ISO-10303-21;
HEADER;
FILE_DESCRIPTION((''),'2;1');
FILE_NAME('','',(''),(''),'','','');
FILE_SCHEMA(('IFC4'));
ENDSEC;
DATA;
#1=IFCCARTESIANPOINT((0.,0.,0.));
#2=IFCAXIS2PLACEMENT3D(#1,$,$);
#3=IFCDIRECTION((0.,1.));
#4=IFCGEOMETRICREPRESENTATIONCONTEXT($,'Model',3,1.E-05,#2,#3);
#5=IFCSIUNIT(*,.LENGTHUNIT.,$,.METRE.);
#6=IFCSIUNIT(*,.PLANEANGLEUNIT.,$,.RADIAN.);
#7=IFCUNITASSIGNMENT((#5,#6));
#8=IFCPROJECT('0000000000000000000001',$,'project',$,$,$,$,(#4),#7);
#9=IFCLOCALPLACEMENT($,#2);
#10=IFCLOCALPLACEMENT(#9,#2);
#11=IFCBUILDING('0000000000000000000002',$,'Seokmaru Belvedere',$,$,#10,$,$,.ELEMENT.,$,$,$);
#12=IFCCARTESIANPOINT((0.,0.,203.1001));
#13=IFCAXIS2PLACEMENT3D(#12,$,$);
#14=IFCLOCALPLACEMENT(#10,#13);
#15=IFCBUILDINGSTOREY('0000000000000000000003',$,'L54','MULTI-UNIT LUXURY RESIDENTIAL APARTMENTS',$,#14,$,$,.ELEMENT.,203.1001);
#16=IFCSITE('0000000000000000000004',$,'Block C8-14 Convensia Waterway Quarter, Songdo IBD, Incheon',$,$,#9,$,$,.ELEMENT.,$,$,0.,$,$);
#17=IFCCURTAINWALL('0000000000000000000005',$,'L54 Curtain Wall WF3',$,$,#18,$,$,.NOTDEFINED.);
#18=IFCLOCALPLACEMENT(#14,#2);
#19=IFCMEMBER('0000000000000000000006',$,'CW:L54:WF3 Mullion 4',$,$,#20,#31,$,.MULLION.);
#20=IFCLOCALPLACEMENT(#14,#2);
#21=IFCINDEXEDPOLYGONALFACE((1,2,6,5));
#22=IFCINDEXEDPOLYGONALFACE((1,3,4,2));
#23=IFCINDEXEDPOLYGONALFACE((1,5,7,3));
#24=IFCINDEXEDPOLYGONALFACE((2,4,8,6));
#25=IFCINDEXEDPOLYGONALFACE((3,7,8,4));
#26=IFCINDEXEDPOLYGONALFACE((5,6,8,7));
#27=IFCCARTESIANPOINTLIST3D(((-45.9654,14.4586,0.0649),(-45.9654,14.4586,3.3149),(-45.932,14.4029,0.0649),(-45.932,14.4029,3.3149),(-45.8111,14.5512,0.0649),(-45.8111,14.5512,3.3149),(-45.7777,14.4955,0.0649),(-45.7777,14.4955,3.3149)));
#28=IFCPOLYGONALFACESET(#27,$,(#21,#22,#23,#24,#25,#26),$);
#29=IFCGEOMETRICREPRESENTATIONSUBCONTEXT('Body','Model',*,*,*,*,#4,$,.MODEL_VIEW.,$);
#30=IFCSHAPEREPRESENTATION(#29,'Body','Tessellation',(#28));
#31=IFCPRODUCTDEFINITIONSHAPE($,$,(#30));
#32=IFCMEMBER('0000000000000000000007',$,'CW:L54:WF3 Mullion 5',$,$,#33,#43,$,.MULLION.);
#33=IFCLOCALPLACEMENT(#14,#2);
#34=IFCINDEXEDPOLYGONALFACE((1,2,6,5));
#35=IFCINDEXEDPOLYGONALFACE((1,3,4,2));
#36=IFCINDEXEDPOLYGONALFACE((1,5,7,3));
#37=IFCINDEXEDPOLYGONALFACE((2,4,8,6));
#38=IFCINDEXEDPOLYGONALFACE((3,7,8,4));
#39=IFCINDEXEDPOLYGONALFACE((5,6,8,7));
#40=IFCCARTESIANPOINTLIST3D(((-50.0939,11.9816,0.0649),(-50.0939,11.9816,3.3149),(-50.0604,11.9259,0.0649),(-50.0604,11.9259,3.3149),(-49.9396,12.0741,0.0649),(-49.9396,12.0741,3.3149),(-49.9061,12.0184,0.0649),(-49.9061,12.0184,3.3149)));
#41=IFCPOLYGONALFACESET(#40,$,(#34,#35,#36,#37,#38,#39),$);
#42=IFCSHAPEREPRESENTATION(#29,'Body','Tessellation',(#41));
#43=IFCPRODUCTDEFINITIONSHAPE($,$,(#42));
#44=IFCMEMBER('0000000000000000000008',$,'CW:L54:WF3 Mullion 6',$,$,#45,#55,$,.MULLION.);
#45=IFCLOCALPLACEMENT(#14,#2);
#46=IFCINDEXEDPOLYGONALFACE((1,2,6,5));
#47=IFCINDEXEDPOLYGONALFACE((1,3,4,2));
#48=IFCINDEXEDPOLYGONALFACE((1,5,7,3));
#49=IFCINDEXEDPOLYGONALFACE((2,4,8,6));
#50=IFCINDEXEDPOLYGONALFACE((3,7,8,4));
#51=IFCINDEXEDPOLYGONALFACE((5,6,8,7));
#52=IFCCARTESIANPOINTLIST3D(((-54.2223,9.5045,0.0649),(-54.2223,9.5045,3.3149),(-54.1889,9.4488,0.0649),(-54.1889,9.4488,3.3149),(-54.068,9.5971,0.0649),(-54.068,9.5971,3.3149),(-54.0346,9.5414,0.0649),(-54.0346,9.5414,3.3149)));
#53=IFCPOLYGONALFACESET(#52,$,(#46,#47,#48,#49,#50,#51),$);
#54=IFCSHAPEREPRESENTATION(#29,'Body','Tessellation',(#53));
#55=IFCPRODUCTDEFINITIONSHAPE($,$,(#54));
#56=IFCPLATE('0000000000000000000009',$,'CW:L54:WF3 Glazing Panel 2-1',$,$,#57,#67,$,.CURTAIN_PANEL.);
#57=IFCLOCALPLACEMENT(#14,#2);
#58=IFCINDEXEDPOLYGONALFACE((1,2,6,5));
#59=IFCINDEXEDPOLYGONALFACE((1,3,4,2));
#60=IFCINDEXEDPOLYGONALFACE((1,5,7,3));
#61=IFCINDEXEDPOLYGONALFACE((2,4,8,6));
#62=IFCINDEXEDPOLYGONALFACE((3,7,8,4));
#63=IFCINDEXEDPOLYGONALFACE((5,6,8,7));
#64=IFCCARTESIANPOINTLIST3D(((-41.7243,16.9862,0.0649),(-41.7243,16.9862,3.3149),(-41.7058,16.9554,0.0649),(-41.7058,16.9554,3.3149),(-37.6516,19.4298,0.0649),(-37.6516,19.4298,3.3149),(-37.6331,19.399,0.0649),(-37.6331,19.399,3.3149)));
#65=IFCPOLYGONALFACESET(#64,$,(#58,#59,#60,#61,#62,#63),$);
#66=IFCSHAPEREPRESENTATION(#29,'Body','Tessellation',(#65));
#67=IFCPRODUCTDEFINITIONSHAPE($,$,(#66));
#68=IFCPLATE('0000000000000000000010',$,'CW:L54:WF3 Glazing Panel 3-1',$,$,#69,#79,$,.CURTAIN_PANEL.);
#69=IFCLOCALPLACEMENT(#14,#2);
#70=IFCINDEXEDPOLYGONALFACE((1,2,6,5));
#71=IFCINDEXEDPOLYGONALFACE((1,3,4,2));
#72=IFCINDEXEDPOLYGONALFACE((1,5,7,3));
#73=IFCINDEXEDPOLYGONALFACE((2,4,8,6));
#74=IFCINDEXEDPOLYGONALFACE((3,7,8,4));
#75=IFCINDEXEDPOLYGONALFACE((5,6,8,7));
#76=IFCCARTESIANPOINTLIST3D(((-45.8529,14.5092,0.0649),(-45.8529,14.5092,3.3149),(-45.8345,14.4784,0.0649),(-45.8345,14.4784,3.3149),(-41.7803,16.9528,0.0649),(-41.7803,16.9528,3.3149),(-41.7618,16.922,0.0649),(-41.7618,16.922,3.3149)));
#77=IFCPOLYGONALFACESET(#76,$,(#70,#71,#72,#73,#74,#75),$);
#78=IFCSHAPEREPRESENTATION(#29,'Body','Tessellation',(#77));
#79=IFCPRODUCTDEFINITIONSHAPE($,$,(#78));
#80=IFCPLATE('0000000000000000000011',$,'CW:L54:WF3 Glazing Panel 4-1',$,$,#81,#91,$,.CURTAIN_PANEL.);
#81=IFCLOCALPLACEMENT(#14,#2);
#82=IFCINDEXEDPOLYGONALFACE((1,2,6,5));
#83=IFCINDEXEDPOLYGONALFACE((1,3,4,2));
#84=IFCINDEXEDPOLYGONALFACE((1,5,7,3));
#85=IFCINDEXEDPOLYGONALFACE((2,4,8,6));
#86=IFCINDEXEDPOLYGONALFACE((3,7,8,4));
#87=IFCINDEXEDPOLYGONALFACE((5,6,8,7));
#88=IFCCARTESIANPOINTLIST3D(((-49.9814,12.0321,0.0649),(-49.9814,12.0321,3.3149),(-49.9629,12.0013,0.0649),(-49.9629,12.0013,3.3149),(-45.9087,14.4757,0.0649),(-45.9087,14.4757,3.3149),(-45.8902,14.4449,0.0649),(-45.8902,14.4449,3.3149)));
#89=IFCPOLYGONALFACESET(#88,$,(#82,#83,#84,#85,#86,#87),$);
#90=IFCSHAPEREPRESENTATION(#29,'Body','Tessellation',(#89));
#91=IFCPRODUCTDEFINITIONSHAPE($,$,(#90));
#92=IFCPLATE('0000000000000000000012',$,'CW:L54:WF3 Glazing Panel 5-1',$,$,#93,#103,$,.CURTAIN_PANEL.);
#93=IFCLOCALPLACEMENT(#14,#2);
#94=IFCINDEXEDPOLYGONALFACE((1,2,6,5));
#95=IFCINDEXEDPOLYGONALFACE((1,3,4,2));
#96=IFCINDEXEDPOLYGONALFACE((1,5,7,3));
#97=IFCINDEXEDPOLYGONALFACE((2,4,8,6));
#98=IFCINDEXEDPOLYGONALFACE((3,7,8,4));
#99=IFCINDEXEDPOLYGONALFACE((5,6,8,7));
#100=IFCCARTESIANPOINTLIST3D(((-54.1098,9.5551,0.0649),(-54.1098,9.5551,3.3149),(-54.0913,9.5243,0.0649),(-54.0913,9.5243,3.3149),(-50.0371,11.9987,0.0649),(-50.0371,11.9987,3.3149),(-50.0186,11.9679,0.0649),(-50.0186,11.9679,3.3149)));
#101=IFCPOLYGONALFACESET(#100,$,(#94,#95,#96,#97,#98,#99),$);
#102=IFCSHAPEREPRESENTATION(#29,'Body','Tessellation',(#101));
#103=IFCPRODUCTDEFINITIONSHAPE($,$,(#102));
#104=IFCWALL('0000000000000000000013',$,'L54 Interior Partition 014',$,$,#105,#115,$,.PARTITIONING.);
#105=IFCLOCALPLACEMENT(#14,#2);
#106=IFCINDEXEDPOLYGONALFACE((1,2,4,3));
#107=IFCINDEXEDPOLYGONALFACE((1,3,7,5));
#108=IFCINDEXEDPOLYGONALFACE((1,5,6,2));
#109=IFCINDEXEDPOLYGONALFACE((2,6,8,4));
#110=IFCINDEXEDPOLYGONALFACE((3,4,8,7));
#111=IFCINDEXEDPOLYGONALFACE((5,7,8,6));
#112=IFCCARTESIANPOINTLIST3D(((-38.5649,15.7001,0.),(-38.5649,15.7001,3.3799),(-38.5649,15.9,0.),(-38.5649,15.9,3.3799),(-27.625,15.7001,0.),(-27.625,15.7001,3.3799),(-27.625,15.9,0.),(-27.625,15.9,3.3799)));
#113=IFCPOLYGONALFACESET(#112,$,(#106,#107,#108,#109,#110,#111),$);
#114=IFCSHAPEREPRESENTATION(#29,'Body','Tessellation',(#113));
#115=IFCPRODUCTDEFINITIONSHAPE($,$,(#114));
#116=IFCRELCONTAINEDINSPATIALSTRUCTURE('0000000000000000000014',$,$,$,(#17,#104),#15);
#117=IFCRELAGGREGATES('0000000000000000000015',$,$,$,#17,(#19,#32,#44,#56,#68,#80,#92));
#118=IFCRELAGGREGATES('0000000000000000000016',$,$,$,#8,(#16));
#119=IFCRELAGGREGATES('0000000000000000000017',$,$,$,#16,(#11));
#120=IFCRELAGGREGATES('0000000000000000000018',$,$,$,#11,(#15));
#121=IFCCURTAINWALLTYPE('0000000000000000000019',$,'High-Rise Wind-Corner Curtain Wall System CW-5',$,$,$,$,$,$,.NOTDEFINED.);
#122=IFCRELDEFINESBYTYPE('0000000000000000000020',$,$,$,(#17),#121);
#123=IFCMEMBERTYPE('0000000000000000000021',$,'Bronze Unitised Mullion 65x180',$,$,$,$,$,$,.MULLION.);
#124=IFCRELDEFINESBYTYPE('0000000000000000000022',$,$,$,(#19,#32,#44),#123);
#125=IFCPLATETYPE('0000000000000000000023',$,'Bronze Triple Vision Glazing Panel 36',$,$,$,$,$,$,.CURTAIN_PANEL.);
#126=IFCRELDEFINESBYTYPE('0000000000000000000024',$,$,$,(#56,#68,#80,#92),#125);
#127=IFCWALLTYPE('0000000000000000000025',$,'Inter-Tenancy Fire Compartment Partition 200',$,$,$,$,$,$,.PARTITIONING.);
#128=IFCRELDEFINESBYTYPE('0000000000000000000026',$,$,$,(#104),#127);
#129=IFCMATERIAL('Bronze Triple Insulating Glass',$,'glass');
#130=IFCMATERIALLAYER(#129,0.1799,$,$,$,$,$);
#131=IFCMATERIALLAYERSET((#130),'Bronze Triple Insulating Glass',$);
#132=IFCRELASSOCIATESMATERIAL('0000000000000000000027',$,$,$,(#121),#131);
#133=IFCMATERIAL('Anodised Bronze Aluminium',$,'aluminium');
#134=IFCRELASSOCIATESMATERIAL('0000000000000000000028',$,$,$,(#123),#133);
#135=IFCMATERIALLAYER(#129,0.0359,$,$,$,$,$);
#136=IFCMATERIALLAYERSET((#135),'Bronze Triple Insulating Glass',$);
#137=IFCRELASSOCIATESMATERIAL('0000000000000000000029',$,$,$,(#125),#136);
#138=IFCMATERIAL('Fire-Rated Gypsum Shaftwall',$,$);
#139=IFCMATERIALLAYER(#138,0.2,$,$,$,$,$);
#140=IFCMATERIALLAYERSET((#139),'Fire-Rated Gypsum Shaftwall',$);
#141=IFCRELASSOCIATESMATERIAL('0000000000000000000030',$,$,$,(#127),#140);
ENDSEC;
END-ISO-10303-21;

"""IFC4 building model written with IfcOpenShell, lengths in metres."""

from ifc_helpers import new_model, si_unit, direction, frame, frame_2d, origin, origin_2d, place, context, subcontext, project, spatial, rectangle, extrude, source, transform, mapped, material, layer, layer_set, material_profile, profile_set, type_object, type_shapes, element, aggregate, save


model = new_model("IFC4")

# Units and contexts
model_context = context("Model", 3, precision=1e-05, world=origin(), true_north=direction((0.0, 1.0)))
body_context = subcontext(model_context, "Body", "Model", "MODEL_VIEW")
ifc_project = project(units=[si_unit("LENGTHUNIT", "METRE"), si_unit("PLANEANGLEUNIT", "RADIAN")], contexts=[model_context])

# Site, building, storey
site_placement = place(None, origin())
site = spatial("IfcSite", under=ifc_project, at=site_placement, Name="Block C8-14 Convensia Waterway Quarter, Songdo IBD, Incheon", CompositionType="ELEMENT", RefElevation=0.0)
building_placement = place(site_placement, origin())
building = spatial("IfcBuilding", under=site, at=building_placement, Name="Seokmaru Belvedere", CompositionType="ELEMENT")
storey_placement = place(building_placement, frame((0.0, 0.0, 203.1001)))
storey = spatial("IfcBuildingStorey", under=building, at=storey_placement, Name="L54", Description="MULTI-UNIT LUXURY RESIDENTIAL APARTMENTS", CompositionType="ELEMENT", Elevation=203.1001)

# Curtain wall, members, plates
ifc_material_1 = material(Name="Bronze Triple Insulating Glass", Category="glass")
ifc_layer_1 = layer(ifc_material_1, 0.1799)
ifc_layer_set_1 = layer_set([ifc_layer_1], Name="Bronze Triple Insulating Glass")
curtain_wall_type = type_object("IfcCurtainWallType", Name="High-Rise Wind-Corner Curtain Wall System CW-5", PredefinedType="NOTDEFINED", material=ifc_layer_set_1)
curtain_wall_placement = place(storey_placement, origin())
curtain_wall = element("IfcCurtainWall", 1, at=curtain_wall_placement, inside=storey, type_object=curtain_wall_type, Name="L54 Curtain Wall WF3", PredefinedType="NOTDEFINED")
ifc_material_2 = material(Name="Anodised Bronze Aluminium", Category="aluminium")
ifc_material_profile_1 = material_profile(ifc_material_2, rectangle(XDim=0.0649, YDim=0.1799, at=origin_2d()), Name="CW-M-65x180")
ifc_profile_set_1 = profile_set([ifc_material_profile_1], Name="Anodised Bronze Aluminium")
member_type = type_object("IfcMemberType", Name="Bronze Unitised Mullion 65x180", PredefinedType="MULLION", material=ifc_profile_set_1)
shared_shape_1 = source(origin(), body_context, "Body", "SweptSolid", [
    extrude(rectangle(XDim=0.0649, YDim=0.1799, at=origin_2d()), origin(), (0.0, 0.0, 1.0), 3.25),
])
type_shapes(member_type, [shared_shape_1])
member_1_placement = place(storey_placement, frame((-45.8716, 14.4771, 0.0649), z_axis=(0.0, 0.0, 1.0), x_axis=(0.514495, -0.857493, 0.0)))
member_1 = element("IfcMember", 2, at=member_1_placement, type_object=member_type, Name="CW:L54:WF3 Mullion 4", PredefinedType="MULLION", context=body_context, shape_type="MappedRepresentation", body=[
    mapped(shared_shape_1, transform((0.0, 0.0, 0.0), scale=1.0)),
])
member_2_placement = place(storey_placement, frame((-50.0, 12.0, 0.0649), z_axis=(0.0, 0.0, 1.0), x_axis=(0.514495, -0.857493, 0.0)))
member_2 = element("IfcMember", 3, at=member_2_placement, type_object=member_type, Name="CW:L54:WF3 Mullion 5", PredefinedType="MULLION", context=body_context, shape_type="MappedRepresentation", body=[
    mapped(shared_shape_1, transform((0.0, 0.0, 0.0), scale=1.0)),
])
member_3_placement = place(storey_placement, frame((-54.1284, 9.5229, 0.0649), z_axis=(0.0, 0.0, 1.0), x_axis=(0.514495, -0.857493, 0.0)))
member_3 = element("IfcMember", 4, at=member_3_placement, type_object=member_type, Name="CW:L54:WF3 Mullion 6", PredefinedType="MULLION", context=body_context, shape_type="MappedRepresentation", body=[
    mapped(shared_shape_1, transform((0.0, 0.0, 0.0), scale=1.0)),
])
ifc_layer_2 = layer(ifc_material_1, 0.0359)
ifc_layer_set_2 = layer_set([ifc_layer_2], Name="Bronze Triple Insulating Glass")
plate_type = type_object("IfcPlateType", Name="Bronze Triple Vision Glazing Panel 36", PredefinedType="CURTAIN_PANEL", material=ifc_layer_set_2)
shared_shape_2 = source(origin(), body_context, "Body", "SweptSolid", [
    extrude(rectangle(XDim=4.7495, YDim=0.0359, at=origin_2d()), origin(), (0.0, 0.0, 1.0), 3.25),
])
type_shapes(plate_type, [shared_shape_2])
plate_1_placement = place(storey_placement, frame((-39.6787, 18.1926, 0.0649), z_axis=(0.0, 0.0, 1.0), x_axis=(-0.857493, -0.514495, 0.0)))
plate_1 = element("IfcPlate", 5, at=plate_1_placement, type_object=plate_type, Name="CW:L54:WF3 Glazing Panel 2-1", PredefinedType="CURTAIN_PANEL", context=body_context, shape_type="MappedRepresentation", body=[
    mapped(shared_shape_2, transform((0.0, 0.0, 0.0), scale=1.0)),
])
plate_2_placement = place(storey_placement, frame((-43.8074, 15.7156, 0.0649), z_axis=(0.0, 0.0, 1.0), x_axis=(-0.857493, -0.514495, 0.0)))
plate_2 = element("IfcPlate", 6, at=plate_2_placement, type_object=plate_type, Name="CW:L54:WF3 Glazing Panel 3-1", PredefinedType="CURTAIN_PANEL", context=body_context, shape_type="MappedRepresentation", body=[
    mapped(shared_shape_2, transform((0.0, 0.0, 0.0), scale=1.0)),
])
plate_3_placement = place(storey_placement, frame((-47.9358, 13.2385, 0.0649), z_axis=(0.0, 0.0, 1.0), x_axis=(-0.857493, -0.514495, 0.0)))
plate_3 = element("IfcPlate", 7, at=plate_3_placement, type_object=plate_type, Name="CW:L54:WF3 Glazing Panel 4-1", PredefinedType="CURTAIN_PANEL", context=body_context, shape_type="MappedRepresentation", body=[
    mapped(shared_shape_2, transform((0.0, 0.0, 0.0), scale=1.0)),
])
plate_4_placement = place(storey_placement, frame((-52.0642, 10.7615, 0.0649), z_axis=(0.0, 0.0, 1.0), x_axis=(-0.857493, -0.514495, 0.0)))
plate_4 = element("IfcPlate", 8, at=plate_4_placement, type_object=plate_type, Name="CW:L54:WF3 Glazing Panel 5-1", PredefinedType="CURTAIN_PANEL", context=body_context, shape_type="MappedRepresentation", body=[
    mapped(shared_shape_2, transform((0.0, 0.0, 0.0), scale=1.0)),
])
aggregate(curtain_wall, [member_1, member_2, member_3, plate_1, plate_2, plate_3, plate_4])

# Wall
ifc_material_3 = material(Name="Fire-Rated Gypsum Shaftwall")
ifc_layer_3 = layer(ifc_material_3, 0.2)
ifc_layer_set_3 = layer_set([ifc_layer_3], Name="Fire-Rated Gypsum Shaftwall")
wall_type = type_object("IfcWallType", Name="Inter-Tenancy Fire Compartment Partition 200", PredefinedType="PARTITIONING", material=ifc_layer_set_3)
wall_placement = place(storey_placement, frame((-38.5649, 15.8, 0.0), z_axis=(0.0, 0.0, 1.0), x_axis=(1.0, 0.0, 0.0)))
element("IfcWall", 9, at=wall_placement, inside=storey, type_object=wall_type, Name="L54 Interior Partition 014", PredefinedType="PARTITIONING", context=body_context, shape_type="SweptSolid", body=[
    extrude(rectangle(XDim=10.9399, YDim=0.2, at=frame_2d((5.47, 0.0))), origin(), (0.0, 0.0, 1.0), 3.3799),
])

save(model, "model.ifc")
